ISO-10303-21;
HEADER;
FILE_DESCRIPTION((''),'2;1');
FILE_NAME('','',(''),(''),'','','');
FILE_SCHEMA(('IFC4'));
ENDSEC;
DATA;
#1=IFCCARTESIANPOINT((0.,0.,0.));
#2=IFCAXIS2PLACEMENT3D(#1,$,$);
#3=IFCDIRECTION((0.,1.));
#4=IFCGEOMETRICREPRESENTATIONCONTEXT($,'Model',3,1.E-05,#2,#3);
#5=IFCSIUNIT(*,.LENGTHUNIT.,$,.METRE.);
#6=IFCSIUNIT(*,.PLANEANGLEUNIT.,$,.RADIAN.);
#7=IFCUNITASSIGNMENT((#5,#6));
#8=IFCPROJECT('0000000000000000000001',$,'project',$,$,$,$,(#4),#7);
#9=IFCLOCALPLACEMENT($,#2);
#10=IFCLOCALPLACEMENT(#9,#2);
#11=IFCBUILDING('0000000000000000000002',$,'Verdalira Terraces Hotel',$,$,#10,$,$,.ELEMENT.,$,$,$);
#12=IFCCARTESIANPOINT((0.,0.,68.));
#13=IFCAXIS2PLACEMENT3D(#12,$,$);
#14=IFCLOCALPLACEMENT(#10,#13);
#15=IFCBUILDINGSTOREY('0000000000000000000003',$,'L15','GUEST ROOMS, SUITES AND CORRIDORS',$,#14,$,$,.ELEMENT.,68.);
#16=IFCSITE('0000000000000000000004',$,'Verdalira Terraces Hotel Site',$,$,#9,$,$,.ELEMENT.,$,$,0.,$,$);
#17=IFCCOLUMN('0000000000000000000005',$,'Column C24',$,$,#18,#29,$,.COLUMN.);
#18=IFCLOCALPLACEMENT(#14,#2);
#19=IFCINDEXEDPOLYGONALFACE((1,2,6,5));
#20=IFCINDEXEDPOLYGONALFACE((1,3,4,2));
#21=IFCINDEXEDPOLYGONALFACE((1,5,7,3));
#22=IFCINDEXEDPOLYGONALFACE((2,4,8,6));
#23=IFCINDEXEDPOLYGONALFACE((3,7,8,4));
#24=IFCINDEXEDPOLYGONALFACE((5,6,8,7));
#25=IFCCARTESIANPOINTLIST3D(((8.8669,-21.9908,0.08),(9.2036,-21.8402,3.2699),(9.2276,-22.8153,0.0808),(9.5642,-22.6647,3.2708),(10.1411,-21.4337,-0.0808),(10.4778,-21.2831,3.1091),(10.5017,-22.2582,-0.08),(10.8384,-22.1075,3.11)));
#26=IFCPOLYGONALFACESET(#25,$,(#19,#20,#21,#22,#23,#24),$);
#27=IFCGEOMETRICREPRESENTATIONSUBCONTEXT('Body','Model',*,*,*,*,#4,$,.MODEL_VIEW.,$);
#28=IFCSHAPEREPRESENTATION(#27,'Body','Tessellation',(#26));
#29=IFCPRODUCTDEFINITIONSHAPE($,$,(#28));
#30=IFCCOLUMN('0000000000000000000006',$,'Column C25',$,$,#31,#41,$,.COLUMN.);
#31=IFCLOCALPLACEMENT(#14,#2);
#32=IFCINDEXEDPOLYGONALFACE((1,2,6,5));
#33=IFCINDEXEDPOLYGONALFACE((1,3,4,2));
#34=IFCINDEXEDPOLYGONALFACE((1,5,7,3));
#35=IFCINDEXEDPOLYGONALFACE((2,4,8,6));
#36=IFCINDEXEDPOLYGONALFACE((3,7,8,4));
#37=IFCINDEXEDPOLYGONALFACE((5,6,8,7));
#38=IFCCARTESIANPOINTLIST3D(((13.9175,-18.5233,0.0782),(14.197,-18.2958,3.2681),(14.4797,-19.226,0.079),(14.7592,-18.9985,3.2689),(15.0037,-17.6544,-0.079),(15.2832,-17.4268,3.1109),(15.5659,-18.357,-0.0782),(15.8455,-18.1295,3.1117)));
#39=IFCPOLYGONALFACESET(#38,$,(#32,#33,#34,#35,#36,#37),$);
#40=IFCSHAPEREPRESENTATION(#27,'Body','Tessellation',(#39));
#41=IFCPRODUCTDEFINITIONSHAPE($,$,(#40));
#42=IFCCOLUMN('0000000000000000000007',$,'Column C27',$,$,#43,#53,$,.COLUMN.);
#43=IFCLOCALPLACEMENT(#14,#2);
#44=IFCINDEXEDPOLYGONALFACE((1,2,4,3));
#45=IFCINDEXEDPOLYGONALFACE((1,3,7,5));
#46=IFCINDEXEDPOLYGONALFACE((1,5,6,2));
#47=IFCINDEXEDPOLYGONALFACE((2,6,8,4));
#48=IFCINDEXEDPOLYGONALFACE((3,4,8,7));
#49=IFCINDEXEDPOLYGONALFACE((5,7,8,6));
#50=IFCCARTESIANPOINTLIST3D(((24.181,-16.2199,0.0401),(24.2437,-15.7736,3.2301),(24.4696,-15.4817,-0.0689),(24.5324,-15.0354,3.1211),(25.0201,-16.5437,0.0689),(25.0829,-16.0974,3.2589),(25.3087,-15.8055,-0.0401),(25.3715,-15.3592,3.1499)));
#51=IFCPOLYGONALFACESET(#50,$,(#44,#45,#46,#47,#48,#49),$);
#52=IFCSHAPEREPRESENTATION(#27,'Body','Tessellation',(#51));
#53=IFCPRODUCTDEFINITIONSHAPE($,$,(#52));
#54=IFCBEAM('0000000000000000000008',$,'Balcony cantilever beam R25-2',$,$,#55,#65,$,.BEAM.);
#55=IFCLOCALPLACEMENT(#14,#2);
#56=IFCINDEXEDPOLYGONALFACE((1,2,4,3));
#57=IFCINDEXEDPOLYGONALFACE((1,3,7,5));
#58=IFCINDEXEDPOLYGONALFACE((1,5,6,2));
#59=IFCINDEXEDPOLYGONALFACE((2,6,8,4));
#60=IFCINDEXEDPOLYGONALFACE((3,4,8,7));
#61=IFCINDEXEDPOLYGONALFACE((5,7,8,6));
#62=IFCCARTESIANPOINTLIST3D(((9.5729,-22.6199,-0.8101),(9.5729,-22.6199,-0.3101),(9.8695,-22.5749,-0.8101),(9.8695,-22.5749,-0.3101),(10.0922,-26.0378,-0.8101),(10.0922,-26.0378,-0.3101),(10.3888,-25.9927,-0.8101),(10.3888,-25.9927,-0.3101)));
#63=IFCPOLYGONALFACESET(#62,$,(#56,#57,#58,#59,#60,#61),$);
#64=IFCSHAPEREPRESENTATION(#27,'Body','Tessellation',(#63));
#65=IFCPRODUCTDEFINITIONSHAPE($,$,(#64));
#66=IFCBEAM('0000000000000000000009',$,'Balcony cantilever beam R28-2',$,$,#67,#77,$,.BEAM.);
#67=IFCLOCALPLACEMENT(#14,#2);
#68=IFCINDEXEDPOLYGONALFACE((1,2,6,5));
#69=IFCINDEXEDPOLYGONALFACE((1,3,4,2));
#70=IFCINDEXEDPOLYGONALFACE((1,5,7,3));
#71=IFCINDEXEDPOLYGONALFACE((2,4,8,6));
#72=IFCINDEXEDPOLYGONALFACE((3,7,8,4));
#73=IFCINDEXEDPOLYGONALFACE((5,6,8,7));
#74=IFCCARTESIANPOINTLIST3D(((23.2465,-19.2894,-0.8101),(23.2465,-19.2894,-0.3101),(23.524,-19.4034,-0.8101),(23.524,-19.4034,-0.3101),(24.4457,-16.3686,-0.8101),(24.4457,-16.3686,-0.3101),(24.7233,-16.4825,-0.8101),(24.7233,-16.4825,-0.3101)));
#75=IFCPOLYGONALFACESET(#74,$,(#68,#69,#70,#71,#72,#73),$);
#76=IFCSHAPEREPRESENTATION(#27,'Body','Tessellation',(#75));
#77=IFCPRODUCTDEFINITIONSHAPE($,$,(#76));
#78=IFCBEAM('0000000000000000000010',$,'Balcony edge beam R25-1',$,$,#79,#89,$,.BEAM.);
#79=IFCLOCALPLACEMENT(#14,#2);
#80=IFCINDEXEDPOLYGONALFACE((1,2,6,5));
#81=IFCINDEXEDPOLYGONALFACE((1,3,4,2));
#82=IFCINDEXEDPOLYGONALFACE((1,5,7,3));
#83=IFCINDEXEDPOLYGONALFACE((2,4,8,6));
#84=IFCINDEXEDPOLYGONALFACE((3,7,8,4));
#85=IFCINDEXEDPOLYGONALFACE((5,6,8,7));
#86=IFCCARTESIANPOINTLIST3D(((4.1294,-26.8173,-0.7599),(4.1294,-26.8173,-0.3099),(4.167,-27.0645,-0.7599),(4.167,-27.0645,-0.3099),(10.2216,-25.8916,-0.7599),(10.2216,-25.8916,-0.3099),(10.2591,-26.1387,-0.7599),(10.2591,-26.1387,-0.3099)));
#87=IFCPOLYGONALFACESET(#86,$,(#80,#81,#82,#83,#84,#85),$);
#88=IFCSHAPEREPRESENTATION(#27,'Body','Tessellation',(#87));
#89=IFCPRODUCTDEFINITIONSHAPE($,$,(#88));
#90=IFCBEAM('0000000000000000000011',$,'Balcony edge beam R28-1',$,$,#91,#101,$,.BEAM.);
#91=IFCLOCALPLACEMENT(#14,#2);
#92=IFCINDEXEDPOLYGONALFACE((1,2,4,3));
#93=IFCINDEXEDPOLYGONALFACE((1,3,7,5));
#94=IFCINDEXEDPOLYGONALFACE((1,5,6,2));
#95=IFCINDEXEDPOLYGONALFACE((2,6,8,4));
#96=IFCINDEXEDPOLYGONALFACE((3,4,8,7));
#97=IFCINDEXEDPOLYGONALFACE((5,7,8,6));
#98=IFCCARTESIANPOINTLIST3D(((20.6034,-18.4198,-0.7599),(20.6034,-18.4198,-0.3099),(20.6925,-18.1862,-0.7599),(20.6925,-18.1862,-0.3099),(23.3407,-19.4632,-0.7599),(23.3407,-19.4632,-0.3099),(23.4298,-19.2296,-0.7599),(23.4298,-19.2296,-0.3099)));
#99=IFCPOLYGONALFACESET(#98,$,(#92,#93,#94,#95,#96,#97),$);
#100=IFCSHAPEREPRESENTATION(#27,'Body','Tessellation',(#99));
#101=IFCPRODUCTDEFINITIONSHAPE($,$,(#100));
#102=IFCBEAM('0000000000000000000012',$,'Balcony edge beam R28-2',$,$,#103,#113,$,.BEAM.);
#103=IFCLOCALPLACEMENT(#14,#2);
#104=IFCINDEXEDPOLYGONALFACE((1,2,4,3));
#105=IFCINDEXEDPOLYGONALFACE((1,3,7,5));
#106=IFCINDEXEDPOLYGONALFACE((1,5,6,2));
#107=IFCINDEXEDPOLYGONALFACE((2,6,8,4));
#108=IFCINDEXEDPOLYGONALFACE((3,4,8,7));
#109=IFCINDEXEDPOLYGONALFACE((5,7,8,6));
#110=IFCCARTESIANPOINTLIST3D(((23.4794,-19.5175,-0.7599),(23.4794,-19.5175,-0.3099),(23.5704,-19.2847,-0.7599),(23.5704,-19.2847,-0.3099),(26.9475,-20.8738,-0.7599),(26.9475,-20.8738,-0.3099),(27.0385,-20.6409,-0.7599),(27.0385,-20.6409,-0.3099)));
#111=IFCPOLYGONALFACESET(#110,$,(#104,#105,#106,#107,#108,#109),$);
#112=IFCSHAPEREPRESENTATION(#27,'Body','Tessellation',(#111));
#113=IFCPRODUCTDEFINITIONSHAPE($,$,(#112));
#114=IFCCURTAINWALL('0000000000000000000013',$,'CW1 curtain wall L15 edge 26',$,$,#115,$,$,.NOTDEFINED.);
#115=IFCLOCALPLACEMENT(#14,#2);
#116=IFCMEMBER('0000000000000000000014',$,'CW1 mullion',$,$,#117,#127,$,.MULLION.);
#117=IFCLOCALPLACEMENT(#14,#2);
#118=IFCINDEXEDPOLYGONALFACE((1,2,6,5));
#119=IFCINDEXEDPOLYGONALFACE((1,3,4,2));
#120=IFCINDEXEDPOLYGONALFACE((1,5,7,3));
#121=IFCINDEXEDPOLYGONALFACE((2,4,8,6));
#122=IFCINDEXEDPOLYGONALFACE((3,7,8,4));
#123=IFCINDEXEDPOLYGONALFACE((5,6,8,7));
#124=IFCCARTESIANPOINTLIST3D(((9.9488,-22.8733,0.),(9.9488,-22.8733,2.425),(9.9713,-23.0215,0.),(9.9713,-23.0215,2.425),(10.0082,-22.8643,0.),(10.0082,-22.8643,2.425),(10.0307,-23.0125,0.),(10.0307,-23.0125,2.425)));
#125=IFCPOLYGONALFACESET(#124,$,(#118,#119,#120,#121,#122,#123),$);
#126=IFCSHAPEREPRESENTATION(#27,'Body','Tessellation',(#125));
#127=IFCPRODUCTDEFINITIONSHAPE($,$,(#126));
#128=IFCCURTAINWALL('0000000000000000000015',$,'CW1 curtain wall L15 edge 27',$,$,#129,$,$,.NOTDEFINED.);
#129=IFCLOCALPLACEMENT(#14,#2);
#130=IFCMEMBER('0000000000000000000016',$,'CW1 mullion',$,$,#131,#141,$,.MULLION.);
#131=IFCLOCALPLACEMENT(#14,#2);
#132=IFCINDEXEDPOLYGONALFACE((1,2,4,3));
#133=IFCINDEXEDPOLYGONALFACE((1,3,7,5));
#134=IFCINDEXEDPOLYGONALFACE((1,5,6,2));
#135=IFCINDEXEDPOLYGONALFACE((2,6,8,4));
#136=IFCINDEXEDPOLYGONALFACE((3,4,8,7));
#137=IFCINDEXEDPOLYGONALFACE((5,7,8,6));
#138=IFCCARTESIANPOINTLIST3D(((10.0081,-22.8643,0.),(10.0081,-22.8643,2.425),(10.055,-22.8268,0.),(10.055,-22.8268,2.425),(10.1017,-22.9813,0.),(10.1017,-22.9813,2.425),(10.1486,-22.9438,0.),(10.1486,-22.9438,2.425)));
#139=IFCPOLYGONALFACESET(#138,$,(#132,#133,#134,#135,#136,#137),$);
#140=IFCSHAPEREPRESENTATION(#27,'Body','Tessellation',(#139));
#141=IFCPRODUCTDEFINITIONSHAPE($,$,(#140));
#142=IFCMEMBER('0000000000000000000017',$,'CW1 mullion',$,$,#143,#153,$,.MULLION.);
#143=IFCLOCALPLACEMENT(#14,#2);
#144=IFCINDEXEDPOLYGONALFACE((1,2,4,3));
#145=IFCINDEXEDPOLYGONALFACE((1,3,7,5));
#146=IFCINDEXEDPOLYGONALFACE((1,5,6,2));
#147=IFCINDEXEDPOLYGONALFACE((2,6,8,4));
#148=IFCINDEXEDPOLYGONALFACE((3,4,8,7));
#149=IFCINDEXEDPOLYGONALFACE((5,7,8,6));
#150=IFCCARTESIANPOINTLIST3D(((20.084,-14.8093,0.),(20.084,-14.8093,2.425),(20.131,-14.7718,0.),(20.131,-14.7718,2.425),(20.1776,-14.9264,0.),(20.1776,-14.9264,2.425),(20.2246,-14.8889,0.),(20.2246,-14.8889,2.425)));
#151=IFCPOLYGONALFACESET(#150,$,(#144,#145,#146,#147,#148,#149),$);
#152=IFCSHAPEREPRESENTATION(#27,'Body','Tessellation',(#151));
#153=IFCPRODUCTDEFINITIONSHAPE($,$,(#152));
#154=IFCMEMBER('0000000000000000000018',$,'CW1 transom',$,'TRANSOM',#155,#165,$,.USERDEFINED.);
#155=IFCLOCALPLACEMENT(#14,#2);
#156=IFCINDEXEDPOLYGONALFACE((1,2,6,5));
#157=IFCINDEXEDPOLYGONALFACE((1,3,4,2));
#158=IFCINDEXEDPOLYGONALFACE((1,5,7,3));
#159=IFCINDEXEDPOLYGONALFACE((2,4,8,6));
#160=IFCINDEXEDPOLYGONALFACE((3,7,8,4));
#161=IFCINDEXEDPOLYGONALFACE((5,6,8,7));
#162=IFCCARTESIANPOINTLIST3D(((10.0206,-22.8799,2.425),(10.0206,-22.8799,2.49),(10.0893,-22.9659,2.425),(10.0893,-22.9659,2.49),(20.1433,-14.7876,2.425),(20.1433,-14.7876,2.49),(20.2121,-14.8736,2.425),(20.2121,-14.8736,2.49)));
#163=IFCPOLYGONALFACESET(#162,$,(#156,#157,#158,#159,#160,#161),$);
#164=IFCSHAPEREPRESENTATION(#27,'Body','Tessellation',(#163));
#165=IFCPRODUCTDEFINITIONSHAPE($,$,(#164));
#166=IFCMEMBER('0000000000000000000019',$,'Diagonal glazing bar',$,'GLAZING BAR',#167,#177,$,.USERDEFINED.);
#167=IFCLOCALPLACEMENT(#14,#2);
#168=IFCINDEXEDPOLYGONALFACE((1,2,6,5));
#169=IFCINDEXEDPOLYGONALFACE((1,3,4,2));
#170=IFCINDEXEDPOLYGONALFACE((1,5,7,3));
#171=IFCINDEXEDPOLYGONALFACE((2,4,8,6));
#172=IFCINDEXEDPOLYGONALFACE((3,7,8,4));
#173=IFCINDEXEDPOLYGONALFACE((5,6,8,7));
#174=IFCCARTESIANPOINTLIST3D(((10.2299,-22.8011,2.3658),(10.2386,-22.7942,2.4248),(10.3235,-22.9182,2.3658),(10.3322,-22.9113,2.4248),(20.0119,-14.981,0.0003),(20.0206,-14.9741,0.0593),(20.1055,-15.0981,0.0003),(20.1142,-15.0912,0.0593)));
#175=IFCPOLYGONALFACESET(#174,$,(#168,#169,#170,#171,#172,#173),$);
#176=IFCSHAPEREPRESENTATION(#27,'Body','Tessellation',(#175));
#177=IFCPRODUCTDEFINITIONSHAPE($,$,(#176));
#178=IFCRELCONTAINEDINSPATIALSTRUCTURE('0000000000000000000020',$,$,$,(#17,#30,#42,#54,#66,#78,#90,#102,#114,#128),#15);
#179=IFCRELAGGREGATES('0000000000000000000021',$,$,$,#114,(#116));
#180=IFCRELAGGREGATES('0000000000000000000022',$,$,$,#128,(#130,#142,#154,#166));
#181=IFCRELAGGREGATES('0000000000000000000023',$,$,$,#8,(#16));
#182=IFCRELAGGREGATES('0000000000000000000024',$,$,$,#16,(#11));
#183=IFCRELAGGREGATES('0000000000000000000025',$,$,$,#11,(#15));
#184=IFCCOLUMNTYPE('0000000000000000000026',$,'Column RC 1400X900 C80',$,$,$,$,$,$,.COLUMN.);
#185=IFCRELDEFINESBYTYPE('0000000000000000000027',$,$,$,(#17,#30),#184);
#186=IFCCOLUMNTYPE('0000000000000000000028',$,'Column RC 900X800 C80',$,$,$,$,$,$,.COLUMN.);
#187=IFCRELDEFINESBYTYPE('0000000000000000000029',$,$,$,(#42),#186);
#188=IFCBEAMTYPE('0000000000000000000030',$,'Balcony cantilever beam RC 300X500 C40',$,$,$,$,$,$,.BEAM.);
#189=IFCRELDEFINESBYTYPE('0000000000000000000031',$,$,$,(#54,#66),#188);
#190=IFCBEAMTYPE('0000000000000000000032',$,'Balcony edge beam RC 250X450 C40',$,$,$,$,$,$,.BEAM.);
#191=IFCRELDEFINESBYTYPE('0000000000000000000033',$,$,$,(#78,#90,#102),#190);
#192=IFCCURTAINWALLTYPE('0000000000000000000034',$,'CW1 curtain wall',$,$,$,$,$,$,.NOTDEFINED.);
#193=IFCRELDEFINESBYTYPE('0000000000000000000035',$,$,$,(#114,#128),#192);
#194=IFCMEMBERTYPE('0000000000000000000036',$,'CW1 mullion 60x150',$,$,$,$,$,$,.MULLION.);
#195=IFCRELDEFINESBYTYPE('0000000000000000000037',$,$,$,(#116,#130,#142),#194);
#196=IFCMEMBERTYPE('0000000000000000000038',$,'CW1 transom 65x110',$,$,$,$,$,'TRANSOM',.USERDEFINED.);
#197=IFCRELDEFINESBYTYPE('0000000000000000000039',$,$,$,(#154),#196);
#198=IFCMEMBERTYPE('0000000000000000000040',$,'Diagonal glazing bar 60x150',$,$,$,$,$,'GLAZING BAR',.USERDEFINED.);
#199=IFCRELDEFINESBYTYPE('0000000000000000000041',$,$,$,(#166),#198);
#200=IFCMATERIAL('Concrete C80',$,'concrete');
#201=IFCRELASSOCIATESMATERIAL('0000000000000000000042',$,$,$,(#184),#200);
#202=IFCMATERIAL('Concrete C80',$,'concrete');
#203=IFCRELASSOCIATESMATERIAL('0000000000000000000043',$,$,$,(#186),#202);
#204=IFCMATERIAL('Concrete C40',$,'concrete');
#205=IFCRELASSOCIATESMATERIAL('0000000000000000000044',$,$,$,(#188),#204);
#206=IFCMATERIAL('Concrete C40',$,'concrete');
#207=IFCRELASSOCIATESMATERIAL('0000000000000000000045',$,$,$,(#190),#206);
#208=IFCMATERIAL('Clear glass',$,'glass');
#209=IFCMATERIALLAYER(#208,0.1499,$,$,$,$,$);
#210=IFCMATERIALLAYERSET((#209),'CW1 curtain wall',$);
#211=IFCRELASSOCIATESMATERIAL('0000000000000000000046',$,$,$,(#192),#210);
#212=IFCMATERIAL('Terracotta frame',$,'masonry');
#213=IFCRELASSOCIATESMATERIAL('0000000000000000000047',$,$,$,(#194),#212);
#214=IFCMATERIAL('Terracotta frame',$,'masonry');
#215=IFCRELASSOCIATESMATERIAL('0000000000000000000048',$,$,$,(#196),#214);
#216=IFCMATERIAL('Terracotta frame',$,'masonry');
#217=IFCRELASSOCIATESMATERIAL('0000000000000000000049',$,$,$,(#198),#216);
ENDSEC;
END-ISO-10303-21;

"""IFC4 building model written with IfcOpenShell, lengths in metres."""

from ifc_helpers import new_model, si_unit, direction, frame, origin, origin_2d, place, context, subcontext, project, spatial, rectangle, extrude, material, layer, layer_set, material_profile, profile_set, type_object, element, aggregate, save


model = new_model("IFC4")

# Units and contexts
model_context = context("Model", 3, precision=1e-05, world=origin(), true_north=direction((0.0, 1.0)))
body_context = subcontext(model_context, "Body", "Model", "MODEL_VIEW")
ifc_project = project(units=[si_unit("LENGTHUNIT", "METRE"), si_unit("PLANEANGLEUNIT", "RADIAN")], contexts=[model_context])

# Site, building, storey
site_placement = place(None, origin())
site = spatial("IfcSite", under=ifc_project, at=site_placement, Name="Verdalira Terraces Hotel Site", CompositionType="ELEMENT", RefElevation=0.0)
building_placement = place(site_placement, origin())
building = spatial("IfcBuilding", under=site, at=building_placement, Name="Verdalira Terraces Hotel", CompositionType="ELEMENT")
storey_placement = place(building_placement, frame((0.0, 0.0, 68.0)))
storey = spatial("IfcBuildingStorey", under=building, at=storey_placement, Name="L15", Description="GUEST ROOMS, SUITES AND CORRIDORS", CompositionType="ELEMENT", Elevation=68.0)

# Columns
ifc_material_1 = material(Name="Concrete C80", Category="concrete")
ifc_material_profile_1 = material_profile(ifc_material_1, rectangle(XDim=1.3999, YDim=0.8999, at=origin_2d()), Name="RC 1400X900")
ifc_profile_set_1 = profile_set([ifc_material_profile_1], Name="Concrete C80")
column_type_1 = type_object("IfcColumnType", Name="Column RC 1400X900 C80", PredefinedType="COLUMN", material=ifc_profile_set_1)
column_1_placement = place(storey_placement, frame((9.6843, -22.1245, 0.0), z_axis=(0.104843, 0.046909, 0.993382), x_axis=(-0.91017, -0.397994, 0.114854)))
element("IfcColumn", 1, at=column_1_placement, inside=storey, type_object=column_type_1, Name="Column C24", PredefinedType="COLUMN", context=body_context, shape_type="SweptSolid", body=[
    extrude(rectangle(XDim=1.3999, YDim=0.8999, at=origin_2d()), origin(), (0.0, 0.0, 1.0), 3.2112),
])
column_2_placement = place(storey_placement, frame((14.7417, -18.4402, 0.0), z_axis=(0.087078, 0.070879, 0.993677), x_axis=(0.775946, 0.620728, -0.112274)))
element("IfcColumn", 2, at=column_2_placement, inside=storey, type_object=column_type_1, Name="Column C25", PredefinedType="COLUMN", context=body_context, shape_type="SweptSolid", body=[
    extrude(rectangle(XDim=1.3999, YDim=0.8999, at=origin_2d()), origin(), (0.0, 0.0, 1.0), 3.2102),
])
ifc_material_2 = material(Name="Concrete C80", Category="concrete")
ifc_material_profile_2 = material_profile(ifc_material_2, rectangle(XDim=0.8999, YDim=0.8, at=origin_2d()), Name="RC 900X800")
ifc_profile_set_2 = profile_set([ifc_material_profile_2], Name="Concrete C80")
column_type_2 = type_object("IfcColumnType", Name="Column RC 900X800 C80", PredefinedType="COLUMN", material=ifc_profile_set_2)
column_3_placement = place(storey_placement, frame((24.7449, -16.0127, 0.0), z_axis=(0.019476, 0.138529, 0.990167), x_axis=(0.932451, -0.359875, 0.032008)))
element("IfcColumn", 3, at=column_3_placement, inside=storey, type_object=column_type_2, Name="Column C27", PredefinedType="COLUMN", context=body_context, shape_type="SweptSolid", body=[
    extrude(rectangle(XDim=0.8999, YDim=0.8, at=origin_2d()), origin(), (0.0, 0.0, 1.0), 3.2217),
])

# Beams
ifc_material_3 = material(Name="Concrete C40", Category="concrete")
ifc_material_profile_3 = material_profile(ifc_material_3, rectangle(XDim=0.3, YDim=0.5, at=origin_2d()), Name="RC 300X500")
ifc_profile_set_3 = profile_set([ifc_material_profile_3], Name="Concrete C40")
beam_type_1 = type_object("IfcBeamType", Name="Balcony cantilever beam RC 300X500 C40", PredefinedType="BEAM", material=ifc_profile_set_3)
beam_1_placement = place(storey_placement, frame((9.7212, -22.5974, -0.5601), z_axis=(0.150215, -0.988653, 0.0), x_axis=(0.988653, 0.150215, 0.0)))
element("IfcBeam", 4, at=beam_1_placement, inside=storey, type_object=beam_type_1, Name="Balcony cantilever beam R25-2", PredefinedType="BEAM", context=body_context, shape_type="SweptSolid", body=[
    extrude(rectangle(XDim=0.3, YDim=0.5, at=origin_2d()), origin(), (0.0, 0.0, 1.0), 3.457),
])
beam_2_placement = place(storey_placement, frame((24.5845, -16.4255, -0.5601), z_axis=(-0.379801, -0.925068, 0.0), x_axis=(0.925068, -0.379801, 0.0)))
element("IfcBeam", 5, at=beam_2_placement, inside=storey, type_object=beam_type_1, Name="Balcony cantilever beam R28-2", PredefinedType="BEAM", context=body_context, shape_type="SweptSolid", body=[
    extrude(rectangle(XDim=0.3, YDim=0.5, at=origin_2d()), origin(), (0.0, 0.0, 1.0), 3.1575),
])
ifc_material_4 = material(Name="Concrete C40", Category="concrete")
ifc_material_profile_4 = material_profile(ifc_material_4, rectangle(XDim=0.25, YDim=0.45, at=origin_2d()), Name="RC 250X450")
ifc_profile_set_4 = profile_set([ifc_material_profile_4], Name="Concrete C40")
beam_type_2 = type_object("IfcBeamType", Name="Balcony edge beam RC 250X450 C40", PredefinedType="BEAM", material=ifc_profile_set_4)
beam_3_placement = place(storey_placement, frame((4.1482, -26.9409, -0.5349), z_axis=(0.98865, 0.150235, 0.0), x_axis=(-0.150235, 0.98865, 0.0)))
element("IfcBeam", 6, at=beam_3_placement, inside=storey, type_object=beam_type_2, Name="Balcony edge beam R25-1", PredefinedType="BEAM", context=body_context, shape_type="SweptSolid", body=[
    extrude(rectangle(XDim=0.25, YDim=0.45, at=origin_2d()), origin(), (0.0, 0.0, 1.0), 6.1621),
])
beam_4_placement = place(storey_placement, frame((20.6479, -18.303, -0.5349), z_axis=(0.934411, -0.356196, 0.0), x_axis=(0.356196, 0.934411, 0.0)))
element("IfcBeam", 7, at=beam_4_placement, inside=storey, type_object=beam_type_2, Name="Balcony edge beam R28-1", PredefinedType="BEAM", context=body_context, shape_type="SweptSolid", body=[
    extrude(rectangle(XDim=0.25, YDim=0.45, at=origin_2d()), origin(), (0.0, 0.0, 1.0), 2.9294),
])
beam_5_placement = place(storey_placement, frame((23.5249, -19.4011, -0.5349), z_axis=(0.93132, -0.364202, 0.0), x_axis=(0.364202, 0.93132, 0.0)))
element("IfcBeam", 8, at=beam_5_placement, inside=storey, type_object=beam_type_2, Name="Balcony edge beam R28-2", PredefinedType="BEAM", context=body_context, shape_type="SweptSolid", body=[
    extrude(rectangle(XDim=0.25, YDim=0.45, at=origin_2d()), origin(), (0.0, 0.0, 1.0), 3.7239),
])

# Curtain wall, member
ifc_material_5 = material(Name="Clear glass", Category="glass")
ifc_layer_1 = layer(ifc_material_5, 0.1499)
ifc_layer_set_1 = layer_set([ifc_layer_1], Name="CW1 curtain wall")
curtain_wall_type_1 = type_object("IfcCurtainWallType", Name="CW1 curtain wall", PredefinedType="NOTDEFINED", material=ifc_layer_set_1)
curtain_wall_1_placement = place(storey_placement, origin())
curtain_wall_1 = element("IfcCurtainWall", 9, at=curtain_wall_1_placement, inside=storey, type_object=curtain_wall_type_1, Name="CW1 curtain wall L15 edge 26", PredefinedType="NOTDEFINED")
ifc_material_6 = material(Name="Terracotta frame", Category="masonry")
ifc_material_profile_5 = material_profile(ifc_material_6, rectangle(XDim=0.0601, YDim=0.1499, at=origin_2d()), Name="MU 60x150")
ifc_profile_set_5 = profile_set([ifc_material_profile_5], Name="Terracotta frame")
member_type_1 = type_object("IfcMemberType", Name="CW1 mullion 60x150", PredefinedType="MULLION", material=ifc_profile_set_5)
member_1_placement = place(storey_placement, frame((9.9897, -22.9429, 0.0), z_axis=(0.0, 0.0, 1.0), x_axis=(0.988652, 0.150226, 0.0)))
member_1 = element("IfcMember", 10, at=member_1_placement, type_object=member_type_1, Name="CW1 mullion", PredefinedType="MULLION", context=body_context, shape_type="SweptSolid", body=[
    extrude(rectangle(XDim=0.0601, YDim=0.1499, at=origin_2d()), origin(), (0.0, 0.0, 1.0), 2.425),
])
aggregate(curtain_wall_1, [member_1])

# Curtain wall, members
curtain_wall_2_placement = place(storey_placement, origin())
curtain_wall_2 = element("IfcCurtainWall", 11, at=curtain_wall_2_placement, inside=storey, type_object=curtain_wall_type_1, Name="CW1 curtain wall L15 edge 27", PredefinedType="NOTDEFINED")
member_2_placement = place(storey_placement, frame((10.0784, -22.9041, 0.0), z_axis=(0.0, 0.0, 1.0), x_axis=(0.781085, 0.624425, 0.0)))
member_2 = element("IfcMember", 12, at=member_2_placement, type_object=member_type_1, Name="CW1 mullion", PredefinedType="MULLION", context=body_context, shape_type="SweptSolid", body=[
    extrude(rectangle(XDim=0.0601, YDim=0.1499, at=origin_2d()), origin(), (0.0, 0.0, 1.0), 2.425),
])
member_3_placement = place(storey_placement, frame((20.1543, -14.8491, 0.0), z_axis=(0.0, 0.0, 1.0), x_axis=(0.781085, 0.624425, 0.0)))
member_3 = element("IfcMember", 13, at=member_3_placement, type_object=member_type_1, Name="CW1 mullion", PredefinedType="MULLION", context=body_context, shape_type="SweptSolid", body=[
    extrude(rectangle(XDim=0.0601, YDim=0.1499, at=origin_2d()), origin(), (0.0, 0.0, 1.0), 2.425),
])
ifc_material_7 = material(Name="Terracotta frame", Category="masonry")
ifc_material_profile_6 = material_profile(ifc_material_7, rectangle(XDim=0.1101, YDim=0.0649, at=origin_2d()), Name="TR 65x110")
ifc_profile_set_6 = profile_set([ifc_material_profile_6], Name="Terracotta frame")
member_type_2 = type_object("IfcMemberType", Name="CW1 transom 65x110", ElementType="TRANSOM", PredefinedType="USERDEFINED", material=ifc_profile_set_6)
member_4_placement = place(storey_placement, frame((10.0549, -22.9229, 2.4575), z_axis=(0.781093, 0.624415, 0.0), x_axis=(-0.624415, 0.781093, 0.0)))
member_4 = element("IfcMember", 14, at=member_4_placement, type_object=member_type_2, Name="CW1 transom", ObjectType="TRANSOM", PredefinedType="USERDEFINED", context=body_context, shape_type="SweptSolid", body=[
    extrude(rectangle(XDim=0.1101, YDim=0.0649, at=origin_2d()), origin(), (0.0, 0.0, 1.0), 12.9597),
])
ifc_material_8 = material(Name="Terracotta frame", Category="masonry")
ifc_material_profile_7 = material_profile(ifc_material_8, rectangle(XDim=0.1499, YDim=0.0601, at=origin_2d()), Name="GB 60x150")
ifc_profile_set_7 = profile_set([ifc_material_profile_7], Name="Terracotta frame")
member_type_3 = type_object("IfcMemberType", Name="Diagonal glazing bar 60x150", ElementType="GLAZING BAR", PredefinedType="USERDEFINED", material=ifc_profile_set_7)
member_5_placement = place(storey_placement, frame((10.281, -22.8562, 2.3953), z_axis=(0.767513, 0.613577, -0.1856), x_axis=(-0.624426, 0.781084, 0.0)))
member_5 = element("IfcMember", 15, at=member_5_placement, type_object=member_type_3, Name="Diagonal glazing bar", ObjectType="GLAZING BAR", PredefinedType="USERDEFINED", context=body_context, shape_type="SweptSolid", body=[
    extrude(rectangle(XDim=0.1499, YDim=0.0601, at=origin_2d()), origin(), (0.0, 0.0, 1.0), 12.7451),
])

aggregate(curtain_wall_2, [member_2, member_3, member_4, member_5])

save(model, "model.ifc")
